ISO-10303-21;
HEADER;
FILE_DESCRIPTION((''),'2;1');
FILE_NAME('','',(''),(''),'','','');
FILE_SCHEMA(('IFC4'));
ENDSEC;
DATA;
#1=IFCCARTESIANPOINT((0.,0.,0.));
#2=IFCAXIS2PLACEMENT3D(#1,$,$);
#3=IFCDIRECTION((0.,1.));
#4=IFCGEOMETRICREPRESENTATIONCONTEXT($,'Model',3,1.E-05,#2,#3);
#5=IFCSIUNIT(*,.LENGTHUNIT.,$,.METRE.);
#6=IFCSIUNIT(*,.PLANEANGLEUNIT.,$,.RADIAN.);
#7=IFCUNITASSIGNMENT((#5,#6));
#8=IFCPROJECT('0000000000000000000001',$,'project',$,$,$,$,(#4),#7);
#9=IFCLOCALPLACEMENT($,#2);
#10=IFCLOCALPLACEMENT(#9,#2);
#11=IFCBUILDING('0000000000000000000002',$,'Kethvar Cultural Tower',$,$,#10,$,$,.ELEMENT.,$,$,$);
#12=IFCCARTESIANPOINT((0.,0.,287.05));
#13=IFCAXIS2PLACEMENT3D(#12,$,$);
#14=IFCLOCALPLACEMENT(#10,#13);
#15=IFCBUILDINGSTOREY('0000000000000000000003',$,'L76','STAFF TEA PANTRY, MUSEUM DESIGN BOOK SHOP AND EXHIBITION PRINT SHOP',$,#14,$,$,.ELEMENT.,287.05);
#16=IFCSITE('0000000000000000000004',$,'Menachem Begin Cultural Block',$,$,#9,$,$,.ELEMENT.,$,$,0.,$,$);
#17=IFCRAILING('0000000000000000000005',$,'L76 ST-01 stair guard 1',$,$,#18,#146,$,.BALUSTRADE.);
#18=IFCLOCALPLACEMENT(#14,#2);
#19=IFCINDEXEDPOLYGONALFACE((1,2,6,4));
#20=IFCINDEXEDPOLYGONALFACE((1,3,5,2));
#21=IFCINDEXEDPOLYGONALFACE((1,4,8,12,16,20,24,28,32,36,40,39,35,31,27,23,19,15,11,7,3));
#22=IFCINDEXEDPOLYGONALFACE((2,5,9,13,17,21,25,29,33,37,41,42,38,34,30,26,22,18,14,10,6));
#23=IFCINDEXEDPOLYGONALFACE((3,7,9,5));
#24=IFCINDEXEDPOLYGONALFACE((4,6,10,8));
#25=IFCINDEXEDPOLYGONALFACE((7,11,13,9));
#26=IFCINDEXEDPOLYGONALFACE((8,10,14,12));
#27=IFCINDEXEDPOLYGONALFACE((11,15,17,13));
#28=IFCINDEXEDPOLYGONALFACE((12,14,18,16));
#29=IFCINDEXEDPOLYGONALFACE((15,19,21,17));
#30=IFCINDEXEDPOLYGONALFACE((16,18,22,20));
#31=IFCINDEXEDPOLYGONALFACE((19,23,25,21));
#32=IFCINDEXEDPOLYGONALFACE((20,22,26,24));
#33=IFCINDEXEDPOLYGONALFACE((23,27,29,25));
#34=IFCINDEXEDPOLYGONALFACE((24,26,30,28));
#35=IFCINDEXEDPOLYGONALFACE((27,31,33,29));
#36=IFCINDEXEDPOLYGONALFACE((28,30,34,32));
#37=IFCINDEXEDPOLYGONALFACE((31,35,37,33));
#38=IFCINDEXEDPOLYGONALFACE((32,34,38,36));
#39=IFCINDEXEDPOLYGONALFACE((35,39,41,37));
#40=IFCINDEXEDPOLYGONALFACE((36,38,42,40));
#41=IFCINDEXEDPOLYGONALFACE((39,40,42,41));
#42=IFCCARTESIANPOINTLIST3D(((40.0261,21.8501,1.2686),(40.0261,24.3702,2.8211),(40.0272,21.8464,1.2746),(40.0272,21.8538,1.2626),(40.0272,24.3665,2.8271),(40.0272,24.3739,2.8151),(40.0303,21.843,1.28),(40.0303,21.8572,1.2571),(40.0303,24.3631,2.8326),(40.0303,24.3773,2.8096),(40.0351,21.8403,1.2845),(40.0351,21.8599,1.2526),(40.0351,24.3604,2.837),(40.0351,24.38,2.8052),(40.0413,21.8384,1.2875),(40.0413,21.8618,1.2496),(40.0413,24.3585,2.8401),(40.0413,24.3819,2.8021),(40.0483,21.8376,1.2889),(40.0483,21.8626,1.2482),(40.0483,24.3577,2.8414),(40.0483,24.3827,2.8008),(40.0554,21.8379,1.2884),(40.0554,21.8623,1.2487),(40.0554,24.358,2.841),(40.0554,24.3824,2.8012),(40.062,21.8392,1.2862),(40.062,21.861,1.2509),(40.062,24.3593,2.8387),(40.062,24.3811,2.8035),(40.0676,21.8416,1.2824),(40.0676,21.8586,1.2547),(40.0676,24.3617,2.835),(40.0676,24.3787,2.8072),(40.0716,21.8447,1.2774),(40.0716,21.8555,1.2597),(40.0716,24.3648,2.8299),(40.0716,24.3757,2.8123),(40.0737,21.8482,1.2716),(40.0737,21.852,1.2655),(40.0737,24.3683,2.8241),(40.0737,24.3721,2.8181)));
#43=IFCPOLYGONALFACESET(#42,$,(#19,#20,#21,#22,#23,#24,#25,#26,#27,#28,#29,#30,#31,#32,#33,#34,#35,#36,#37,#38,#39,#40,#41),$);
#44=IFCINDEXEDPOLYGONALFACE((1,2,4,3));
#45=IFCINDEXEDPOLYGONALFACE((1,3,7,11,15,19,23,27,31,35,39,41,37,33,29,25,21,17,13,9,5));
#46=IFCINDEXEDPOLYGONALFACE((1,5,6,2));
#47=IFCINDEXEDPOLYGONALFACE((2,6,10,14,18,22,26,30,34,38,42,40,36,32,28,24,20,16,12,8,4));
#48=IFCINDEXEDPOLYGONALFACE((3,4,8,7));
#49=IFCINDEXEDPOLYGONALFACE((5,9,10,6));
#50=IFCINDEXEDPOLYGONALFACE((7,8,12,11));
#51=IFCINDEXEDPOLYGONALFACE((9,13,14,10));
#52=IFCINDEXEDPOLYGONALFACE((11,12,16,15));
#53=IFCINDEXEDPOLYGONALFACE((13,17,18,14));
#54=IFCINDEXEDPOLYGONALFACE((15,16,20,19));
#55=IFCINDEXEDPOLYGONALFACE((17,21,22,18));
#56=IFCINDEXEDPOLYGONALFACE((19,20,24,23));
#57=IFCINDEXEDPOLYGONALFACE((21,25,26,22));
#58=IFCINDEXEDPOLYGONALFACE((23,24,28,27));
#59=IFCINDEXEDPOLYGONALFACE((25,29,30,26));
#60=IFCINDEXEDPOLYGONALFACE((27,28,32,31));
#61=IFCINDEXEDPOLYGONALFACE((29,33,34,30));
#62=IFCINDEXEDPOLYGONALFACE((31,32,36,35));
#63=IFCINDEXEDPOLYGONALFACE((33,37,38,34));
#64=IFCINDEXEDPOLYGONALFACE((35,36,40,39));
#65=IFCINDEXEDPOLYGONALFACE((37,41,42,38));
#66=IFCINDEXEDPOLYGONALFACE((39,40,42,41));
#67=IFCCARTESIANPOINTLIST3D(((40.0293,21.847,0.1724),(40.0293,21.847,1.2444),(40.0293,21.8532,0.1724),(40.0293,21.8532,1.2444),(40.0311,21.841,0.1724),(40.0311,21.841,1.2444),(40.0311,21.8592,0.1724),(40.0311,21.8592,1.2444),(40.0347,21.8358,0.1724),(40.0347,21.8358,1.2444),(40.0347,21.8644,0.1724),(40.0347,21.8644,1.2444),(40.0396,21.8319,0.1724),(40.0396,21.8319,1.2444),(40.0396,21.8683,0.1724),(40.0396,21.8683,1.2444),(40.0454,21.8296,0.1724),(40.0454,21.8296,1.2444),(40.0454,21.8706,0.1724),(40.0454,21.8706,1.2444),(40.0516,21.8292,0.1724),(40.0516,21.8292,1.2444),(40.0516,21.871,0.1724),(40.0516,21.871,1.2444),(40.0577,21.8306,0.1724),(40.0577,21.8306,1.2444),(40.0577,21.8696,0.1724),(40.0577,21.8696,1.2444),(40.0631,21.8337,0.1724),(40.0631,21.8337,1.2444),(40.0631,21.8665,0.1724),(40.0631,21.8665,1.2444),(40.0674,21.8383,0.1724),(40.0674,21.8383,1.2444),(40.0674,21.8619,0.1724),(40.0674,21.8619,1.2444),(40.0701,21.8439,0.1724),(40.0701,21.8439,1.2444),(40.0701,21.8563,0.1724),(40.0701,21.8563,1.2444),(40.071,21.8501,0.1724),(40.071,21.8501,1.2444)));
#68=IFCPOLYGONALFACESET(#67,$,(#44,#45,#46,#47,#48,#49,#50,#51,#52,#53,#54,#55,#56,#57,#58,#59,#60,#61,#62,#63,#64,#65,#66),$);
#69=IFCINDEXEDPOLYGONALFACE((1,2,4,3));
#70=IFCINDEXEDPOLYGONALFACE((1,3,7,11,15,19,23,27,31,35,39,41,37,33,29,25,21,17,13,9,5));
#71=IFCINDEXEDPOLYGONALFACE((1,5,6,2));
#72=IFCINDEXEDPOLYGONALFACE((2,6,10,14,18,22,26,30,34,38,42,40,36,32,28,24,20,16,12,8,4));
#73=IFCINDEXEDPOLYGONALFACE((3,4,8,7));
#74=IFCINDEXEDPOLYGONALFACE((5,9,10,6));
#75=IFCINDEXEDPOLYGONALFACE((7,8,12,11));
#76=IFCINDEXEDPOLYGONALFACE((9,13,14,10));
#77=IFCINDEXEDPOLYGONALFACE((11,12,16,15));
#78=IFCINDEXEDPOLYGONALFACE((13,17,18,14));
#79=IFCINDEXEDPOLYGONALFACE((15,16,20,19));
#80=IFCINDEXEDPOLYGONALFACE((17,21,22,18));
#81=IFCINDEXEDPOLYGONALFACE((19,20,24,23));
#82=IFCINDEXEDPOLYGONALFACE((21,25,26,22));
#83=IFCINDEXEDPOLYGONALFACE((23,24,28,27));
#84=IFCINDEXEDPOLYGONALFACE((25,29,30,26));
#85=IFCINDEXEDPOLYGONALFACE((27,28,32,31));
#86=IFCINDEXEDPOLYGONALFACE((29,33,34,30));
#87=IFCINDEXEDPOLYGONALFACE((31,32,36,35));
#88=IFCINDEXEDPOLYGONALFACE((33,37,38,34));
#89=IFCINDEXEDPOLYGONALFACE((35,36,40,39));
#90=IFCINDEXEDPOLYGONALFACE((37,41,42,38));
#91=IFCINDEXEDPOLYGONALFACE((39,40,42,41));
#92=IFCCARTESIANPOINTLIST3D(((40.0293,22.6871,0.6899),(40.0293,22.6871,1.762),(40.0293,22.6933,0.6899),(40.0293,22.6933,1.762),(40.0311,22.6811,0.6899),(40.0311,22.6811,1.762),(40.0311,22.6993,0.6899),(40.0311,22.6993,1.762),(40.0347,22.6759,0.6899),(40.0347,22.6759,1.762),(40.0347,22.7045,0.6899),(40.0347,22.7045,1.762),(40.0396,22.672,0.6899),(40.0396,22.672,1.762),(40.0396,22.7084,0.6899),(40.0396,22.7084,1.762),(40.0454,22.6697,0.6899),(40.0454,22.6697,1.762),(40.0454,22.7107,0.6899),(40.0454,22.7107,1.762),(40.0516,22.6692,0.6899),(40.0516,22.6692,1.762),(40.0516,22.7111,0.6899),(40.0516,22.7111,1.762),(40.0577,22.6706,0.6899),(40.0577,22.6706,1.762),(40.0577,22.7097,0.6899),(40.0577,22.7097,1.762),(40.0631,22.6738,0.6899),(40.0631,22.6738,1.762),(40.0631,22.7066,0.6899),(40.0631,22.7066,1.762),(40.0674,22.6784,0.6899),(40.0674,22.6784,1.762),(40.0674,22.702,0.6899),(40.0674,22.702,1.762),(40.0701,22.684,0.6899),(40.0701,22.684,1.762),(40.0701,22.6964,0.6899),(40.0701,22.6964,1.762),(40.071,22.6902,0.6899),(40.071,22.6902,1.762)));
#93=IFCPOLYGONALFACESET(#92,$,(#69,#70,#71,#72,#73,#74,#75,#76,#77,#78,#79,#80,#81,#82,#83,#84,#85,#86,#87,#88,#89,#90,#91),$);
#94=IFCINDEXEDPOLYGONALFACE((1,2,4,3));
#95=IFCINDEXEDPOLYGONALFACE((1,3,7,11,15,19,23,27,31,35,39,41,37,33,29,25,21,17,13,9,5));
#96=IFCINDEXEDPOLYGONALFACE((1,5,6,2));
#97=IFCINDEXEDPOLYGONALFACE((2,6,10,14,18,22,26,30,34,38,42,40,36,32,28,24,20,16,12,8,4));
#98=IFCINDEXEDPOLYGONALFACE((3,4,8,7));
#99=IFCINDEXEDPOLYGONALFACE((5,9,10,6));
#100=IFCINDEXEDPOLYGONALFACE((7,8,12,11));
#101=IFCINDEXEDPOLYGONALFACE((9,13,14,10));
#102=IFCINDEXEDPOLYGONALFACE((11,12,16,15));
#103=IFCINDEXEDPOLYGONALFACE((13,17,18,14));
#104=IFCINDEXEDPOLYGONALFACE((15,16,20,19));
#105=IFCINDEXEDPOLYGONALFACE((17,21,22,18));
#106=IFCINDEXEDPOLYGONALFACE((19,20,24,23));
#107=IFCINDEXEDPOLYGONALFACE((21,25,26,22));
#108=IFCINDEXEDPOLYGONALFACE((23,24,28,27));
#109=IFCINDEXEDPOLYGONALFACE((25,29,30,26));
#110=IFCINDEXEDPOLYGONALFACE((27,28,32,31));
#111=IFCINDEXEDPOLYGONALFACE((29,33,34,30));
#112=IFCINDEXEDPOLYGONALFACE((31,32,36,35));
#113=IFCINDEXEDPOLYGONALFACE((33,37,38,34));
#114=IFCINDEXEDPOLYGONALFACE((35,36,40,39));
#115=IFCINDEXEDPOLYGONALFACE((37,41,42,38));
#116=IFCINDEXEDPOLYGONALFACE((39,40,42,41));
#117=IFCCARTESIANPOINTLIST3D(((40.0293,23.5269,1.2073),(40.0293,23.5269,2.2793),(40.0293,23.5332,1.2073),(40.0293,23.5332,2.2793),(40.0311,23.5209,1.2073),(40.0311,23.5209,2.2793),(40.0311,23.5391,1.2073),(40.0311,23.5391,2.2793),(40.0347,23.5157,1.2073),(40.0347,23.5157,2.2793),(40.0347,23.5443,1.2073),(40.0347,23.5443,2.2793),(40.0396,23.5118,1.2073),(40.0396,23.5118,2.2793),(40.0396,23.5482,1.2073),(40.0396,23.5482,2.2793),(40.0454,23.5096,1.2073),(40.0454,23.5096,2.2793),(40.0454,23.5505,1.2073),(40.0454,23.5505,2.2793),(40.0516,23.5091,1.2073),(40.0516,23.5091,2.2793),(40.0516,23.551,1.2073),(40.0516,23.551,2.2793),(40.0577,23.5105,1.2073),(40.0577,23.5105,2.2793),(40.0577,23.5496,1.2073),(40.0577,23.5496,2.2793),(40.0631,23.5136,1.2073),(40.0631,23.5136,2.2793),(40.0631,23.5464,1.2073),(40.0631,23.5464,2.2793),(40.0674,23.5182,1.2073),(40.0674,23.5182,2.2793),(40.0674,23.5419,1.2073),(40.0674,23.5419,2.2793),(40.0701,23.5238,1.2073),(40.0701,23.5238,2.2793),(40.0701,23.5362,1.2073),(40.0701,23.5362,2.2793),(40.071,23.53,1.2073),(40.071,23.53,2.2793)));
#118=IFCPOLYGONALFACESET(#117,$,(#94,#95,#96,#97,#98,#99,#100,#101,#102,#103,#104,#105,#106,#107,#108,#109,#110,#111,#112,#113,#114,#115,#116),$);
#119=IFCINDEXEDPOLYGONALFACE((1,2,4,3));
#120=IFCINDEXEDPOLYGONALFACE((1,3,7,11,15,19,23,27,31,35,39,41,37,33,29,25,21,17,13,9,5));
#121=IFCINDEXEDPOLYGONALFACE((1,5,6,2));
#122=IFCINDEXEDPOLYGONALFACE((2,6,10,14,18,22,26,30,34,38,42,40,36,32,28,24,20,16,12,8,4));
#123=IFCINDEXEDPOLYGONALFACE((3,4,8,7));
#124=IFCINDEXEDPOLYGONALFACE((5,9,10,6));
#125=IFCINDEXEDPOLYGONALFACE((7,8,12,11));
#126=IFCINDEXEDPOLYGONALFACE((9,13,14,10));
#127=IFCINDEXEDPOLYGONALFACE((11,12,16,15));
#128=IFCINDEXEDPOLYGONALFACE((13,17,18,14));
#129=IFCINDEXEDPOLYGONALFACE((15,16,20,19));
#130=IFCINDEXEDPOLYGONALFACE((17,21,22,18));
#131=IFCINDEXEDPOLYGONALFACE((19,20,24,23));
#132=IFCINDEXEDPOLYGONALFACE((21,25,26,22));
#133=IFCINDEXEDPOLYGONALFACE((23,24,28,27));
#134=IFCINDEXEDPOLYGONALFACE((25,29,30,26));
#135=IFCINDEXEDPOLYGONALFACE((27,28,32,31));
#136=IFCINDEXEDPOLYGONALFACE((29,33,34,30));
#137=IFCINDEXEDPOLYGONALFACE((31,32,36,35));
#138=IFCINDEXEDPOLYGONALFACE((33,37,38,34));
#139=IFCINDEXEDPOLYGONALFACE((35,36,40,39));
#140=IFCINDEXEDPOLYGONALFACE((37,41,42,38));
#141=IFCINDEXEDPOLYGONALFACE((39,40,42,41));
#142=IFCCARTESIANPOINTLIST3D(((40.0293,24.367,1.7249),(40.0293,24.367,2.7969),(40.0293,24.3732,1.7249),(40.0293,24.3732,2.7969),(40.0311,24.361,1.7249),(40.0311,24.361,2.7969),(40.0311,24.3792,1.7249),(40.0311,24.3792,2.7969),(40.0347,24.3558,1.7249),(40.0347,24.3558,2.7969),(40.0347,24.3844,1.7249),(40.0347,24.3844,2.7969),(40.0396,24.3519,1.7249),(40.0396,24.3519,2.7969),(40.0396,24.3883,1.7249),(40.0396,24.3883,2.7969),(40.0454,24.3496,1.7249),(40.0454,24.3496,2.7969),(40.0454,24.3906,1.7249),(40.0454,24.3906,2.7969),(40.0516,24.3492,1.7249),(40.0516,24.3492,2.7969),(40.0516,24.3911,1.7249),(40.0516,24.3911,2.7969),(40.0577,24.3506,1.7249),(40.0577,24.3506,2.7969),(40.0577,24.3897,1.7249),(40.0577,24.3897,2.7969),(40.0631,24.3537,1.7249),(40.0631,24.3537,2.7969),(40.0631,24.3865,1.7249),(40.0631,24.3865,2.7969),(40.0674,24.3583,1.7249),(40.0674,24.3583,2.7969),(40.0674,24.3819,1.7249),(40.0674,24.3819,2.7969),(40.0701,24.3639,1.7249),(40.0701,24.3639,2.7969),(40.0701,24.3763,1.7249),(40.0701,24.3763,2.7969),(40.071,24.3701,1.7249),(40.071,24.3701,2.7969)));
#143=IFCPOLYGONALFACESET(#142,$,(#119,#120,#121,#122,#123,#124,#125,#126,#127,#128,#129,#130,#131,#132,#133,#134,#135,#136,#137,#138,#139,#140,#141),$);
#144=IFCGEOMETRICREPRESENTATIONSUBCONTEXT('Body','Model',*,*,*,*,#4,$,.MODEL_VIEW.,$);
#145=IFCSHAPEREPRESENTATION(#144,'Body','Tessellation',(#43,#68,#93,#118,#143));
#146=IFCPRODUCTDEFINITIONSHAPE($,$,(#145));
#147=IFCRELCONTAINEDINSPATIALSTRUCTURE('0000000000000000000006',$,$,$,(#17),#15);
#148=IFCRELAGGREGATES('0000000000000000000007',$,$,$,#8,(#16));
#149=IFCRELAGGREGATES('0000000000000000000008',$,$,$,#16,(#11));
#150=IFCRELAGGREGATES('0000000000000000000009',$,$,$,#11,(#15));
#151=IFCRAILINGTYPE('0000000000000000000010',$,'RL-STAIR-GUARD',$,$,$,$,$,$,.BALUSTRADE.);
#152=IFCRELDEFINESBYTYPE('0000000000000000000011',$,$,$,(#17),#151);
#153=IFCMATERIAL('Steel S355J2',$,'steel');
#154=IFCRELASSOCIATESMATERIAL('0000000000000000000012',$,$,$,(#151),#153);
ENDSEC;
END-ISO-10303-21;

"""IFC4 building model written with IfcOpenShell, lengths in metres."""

from ifc_helpers import new_model, si_unit, direction, frame, origin, origin_2d, place, context, subcontext, project, spatial, circle, extrude, material, type_object, element, save


model = new_model("IFC4")

# Units and contexts
model_context = context("Model", 3, precision=1e-05, world=origin(), true_north=direction((0.0, 1.0)))
body_context = subcontext(model_context, "Body", "Model", "MODEL_VIEW")
ifc_project = project(units=[si_unit("LENGTHUNIT", "METRE"), si_unit("PLANEANGLEUNIT", "RADIAN")], contexts=[model_context])

# Site, building, storey
site_placement = place(None, origin())
site = spatial("IfcSite", under=ifc_project, at=site_placement, Name="Menachem Begin Cultural Block", CompositionType="ELEMENT", RefElevation=0.0)
building_placement = place(site_placement, origin())
building = spatial("IfcBuilding", under=site, at=building_placement, Name="Kethvar Cultural Tower", CompositionType="ELEMENT")
storey_placement = place(building_placement, frame((0.0, 0.0, 287.05)))
storey = spatial("IfcBuildingStorey", under=building, at=storey_placement, Name="L76", Description="STAFF TEA PANTRY, MUSEUM DESIGN BOOK SHOP AND EXHIBITION PRINT SHOP", CompositionType="ELEMENT", Elevation=287.05)

# Shared definitions
ifc_material_1 = material(Name="Steel S355J2", Category="steel")

# Railing
railing_type_1 = type_object("IfcRailingType", Name="RL-STAIR-GUARD", PredefinedType="BALUSTRADE", material=ifc_material_1)
railing_1_placement = place(storey_placement, frame((40.05, 21.8501, 0.1724)))
element("IfcRailing", 1, at=railing_1_placement, inside=storey, type_object=railing_type_1, Name="L76 ST-01 stair guard 1", PredefinedType="BALUSTRADE", context=body_context, shape_type="SweptSolid", body=[
    extrude(circle(Radius=0.0239, at=origin_2d()), frame((0.0, 0.0, 1.0962), z_axis=(0.0, 0.8514, 0.524516), x_axis=(-1.0, 0.0, 0.0)), (0.0, 0.0, 1.0), 2.96),
    extrude(circle(Radius=0.021, at=origin_2d()), origin(), (0.0, 0.0, 1.0), 1.072),
    extrude(circle(Radius=0.021, at=origin_2d()), frame((0.0, 0.8401, 0.5176)), (0.0, 0.0, 1.0), 1.072),
    extrude(circle(Radius=0.021, at=origin_2d()), frame((0.0, 1.6799, 1.0349)), (0.0, 0.0, 1.0), 1.072),
    extrude(circle(Radius=0.021, at=origin_2d()), frame((0.0, 2.52, 1.5525)), (0.0, 0.0, 1.0), 1.072),
])

save(model, "model.ifc")
